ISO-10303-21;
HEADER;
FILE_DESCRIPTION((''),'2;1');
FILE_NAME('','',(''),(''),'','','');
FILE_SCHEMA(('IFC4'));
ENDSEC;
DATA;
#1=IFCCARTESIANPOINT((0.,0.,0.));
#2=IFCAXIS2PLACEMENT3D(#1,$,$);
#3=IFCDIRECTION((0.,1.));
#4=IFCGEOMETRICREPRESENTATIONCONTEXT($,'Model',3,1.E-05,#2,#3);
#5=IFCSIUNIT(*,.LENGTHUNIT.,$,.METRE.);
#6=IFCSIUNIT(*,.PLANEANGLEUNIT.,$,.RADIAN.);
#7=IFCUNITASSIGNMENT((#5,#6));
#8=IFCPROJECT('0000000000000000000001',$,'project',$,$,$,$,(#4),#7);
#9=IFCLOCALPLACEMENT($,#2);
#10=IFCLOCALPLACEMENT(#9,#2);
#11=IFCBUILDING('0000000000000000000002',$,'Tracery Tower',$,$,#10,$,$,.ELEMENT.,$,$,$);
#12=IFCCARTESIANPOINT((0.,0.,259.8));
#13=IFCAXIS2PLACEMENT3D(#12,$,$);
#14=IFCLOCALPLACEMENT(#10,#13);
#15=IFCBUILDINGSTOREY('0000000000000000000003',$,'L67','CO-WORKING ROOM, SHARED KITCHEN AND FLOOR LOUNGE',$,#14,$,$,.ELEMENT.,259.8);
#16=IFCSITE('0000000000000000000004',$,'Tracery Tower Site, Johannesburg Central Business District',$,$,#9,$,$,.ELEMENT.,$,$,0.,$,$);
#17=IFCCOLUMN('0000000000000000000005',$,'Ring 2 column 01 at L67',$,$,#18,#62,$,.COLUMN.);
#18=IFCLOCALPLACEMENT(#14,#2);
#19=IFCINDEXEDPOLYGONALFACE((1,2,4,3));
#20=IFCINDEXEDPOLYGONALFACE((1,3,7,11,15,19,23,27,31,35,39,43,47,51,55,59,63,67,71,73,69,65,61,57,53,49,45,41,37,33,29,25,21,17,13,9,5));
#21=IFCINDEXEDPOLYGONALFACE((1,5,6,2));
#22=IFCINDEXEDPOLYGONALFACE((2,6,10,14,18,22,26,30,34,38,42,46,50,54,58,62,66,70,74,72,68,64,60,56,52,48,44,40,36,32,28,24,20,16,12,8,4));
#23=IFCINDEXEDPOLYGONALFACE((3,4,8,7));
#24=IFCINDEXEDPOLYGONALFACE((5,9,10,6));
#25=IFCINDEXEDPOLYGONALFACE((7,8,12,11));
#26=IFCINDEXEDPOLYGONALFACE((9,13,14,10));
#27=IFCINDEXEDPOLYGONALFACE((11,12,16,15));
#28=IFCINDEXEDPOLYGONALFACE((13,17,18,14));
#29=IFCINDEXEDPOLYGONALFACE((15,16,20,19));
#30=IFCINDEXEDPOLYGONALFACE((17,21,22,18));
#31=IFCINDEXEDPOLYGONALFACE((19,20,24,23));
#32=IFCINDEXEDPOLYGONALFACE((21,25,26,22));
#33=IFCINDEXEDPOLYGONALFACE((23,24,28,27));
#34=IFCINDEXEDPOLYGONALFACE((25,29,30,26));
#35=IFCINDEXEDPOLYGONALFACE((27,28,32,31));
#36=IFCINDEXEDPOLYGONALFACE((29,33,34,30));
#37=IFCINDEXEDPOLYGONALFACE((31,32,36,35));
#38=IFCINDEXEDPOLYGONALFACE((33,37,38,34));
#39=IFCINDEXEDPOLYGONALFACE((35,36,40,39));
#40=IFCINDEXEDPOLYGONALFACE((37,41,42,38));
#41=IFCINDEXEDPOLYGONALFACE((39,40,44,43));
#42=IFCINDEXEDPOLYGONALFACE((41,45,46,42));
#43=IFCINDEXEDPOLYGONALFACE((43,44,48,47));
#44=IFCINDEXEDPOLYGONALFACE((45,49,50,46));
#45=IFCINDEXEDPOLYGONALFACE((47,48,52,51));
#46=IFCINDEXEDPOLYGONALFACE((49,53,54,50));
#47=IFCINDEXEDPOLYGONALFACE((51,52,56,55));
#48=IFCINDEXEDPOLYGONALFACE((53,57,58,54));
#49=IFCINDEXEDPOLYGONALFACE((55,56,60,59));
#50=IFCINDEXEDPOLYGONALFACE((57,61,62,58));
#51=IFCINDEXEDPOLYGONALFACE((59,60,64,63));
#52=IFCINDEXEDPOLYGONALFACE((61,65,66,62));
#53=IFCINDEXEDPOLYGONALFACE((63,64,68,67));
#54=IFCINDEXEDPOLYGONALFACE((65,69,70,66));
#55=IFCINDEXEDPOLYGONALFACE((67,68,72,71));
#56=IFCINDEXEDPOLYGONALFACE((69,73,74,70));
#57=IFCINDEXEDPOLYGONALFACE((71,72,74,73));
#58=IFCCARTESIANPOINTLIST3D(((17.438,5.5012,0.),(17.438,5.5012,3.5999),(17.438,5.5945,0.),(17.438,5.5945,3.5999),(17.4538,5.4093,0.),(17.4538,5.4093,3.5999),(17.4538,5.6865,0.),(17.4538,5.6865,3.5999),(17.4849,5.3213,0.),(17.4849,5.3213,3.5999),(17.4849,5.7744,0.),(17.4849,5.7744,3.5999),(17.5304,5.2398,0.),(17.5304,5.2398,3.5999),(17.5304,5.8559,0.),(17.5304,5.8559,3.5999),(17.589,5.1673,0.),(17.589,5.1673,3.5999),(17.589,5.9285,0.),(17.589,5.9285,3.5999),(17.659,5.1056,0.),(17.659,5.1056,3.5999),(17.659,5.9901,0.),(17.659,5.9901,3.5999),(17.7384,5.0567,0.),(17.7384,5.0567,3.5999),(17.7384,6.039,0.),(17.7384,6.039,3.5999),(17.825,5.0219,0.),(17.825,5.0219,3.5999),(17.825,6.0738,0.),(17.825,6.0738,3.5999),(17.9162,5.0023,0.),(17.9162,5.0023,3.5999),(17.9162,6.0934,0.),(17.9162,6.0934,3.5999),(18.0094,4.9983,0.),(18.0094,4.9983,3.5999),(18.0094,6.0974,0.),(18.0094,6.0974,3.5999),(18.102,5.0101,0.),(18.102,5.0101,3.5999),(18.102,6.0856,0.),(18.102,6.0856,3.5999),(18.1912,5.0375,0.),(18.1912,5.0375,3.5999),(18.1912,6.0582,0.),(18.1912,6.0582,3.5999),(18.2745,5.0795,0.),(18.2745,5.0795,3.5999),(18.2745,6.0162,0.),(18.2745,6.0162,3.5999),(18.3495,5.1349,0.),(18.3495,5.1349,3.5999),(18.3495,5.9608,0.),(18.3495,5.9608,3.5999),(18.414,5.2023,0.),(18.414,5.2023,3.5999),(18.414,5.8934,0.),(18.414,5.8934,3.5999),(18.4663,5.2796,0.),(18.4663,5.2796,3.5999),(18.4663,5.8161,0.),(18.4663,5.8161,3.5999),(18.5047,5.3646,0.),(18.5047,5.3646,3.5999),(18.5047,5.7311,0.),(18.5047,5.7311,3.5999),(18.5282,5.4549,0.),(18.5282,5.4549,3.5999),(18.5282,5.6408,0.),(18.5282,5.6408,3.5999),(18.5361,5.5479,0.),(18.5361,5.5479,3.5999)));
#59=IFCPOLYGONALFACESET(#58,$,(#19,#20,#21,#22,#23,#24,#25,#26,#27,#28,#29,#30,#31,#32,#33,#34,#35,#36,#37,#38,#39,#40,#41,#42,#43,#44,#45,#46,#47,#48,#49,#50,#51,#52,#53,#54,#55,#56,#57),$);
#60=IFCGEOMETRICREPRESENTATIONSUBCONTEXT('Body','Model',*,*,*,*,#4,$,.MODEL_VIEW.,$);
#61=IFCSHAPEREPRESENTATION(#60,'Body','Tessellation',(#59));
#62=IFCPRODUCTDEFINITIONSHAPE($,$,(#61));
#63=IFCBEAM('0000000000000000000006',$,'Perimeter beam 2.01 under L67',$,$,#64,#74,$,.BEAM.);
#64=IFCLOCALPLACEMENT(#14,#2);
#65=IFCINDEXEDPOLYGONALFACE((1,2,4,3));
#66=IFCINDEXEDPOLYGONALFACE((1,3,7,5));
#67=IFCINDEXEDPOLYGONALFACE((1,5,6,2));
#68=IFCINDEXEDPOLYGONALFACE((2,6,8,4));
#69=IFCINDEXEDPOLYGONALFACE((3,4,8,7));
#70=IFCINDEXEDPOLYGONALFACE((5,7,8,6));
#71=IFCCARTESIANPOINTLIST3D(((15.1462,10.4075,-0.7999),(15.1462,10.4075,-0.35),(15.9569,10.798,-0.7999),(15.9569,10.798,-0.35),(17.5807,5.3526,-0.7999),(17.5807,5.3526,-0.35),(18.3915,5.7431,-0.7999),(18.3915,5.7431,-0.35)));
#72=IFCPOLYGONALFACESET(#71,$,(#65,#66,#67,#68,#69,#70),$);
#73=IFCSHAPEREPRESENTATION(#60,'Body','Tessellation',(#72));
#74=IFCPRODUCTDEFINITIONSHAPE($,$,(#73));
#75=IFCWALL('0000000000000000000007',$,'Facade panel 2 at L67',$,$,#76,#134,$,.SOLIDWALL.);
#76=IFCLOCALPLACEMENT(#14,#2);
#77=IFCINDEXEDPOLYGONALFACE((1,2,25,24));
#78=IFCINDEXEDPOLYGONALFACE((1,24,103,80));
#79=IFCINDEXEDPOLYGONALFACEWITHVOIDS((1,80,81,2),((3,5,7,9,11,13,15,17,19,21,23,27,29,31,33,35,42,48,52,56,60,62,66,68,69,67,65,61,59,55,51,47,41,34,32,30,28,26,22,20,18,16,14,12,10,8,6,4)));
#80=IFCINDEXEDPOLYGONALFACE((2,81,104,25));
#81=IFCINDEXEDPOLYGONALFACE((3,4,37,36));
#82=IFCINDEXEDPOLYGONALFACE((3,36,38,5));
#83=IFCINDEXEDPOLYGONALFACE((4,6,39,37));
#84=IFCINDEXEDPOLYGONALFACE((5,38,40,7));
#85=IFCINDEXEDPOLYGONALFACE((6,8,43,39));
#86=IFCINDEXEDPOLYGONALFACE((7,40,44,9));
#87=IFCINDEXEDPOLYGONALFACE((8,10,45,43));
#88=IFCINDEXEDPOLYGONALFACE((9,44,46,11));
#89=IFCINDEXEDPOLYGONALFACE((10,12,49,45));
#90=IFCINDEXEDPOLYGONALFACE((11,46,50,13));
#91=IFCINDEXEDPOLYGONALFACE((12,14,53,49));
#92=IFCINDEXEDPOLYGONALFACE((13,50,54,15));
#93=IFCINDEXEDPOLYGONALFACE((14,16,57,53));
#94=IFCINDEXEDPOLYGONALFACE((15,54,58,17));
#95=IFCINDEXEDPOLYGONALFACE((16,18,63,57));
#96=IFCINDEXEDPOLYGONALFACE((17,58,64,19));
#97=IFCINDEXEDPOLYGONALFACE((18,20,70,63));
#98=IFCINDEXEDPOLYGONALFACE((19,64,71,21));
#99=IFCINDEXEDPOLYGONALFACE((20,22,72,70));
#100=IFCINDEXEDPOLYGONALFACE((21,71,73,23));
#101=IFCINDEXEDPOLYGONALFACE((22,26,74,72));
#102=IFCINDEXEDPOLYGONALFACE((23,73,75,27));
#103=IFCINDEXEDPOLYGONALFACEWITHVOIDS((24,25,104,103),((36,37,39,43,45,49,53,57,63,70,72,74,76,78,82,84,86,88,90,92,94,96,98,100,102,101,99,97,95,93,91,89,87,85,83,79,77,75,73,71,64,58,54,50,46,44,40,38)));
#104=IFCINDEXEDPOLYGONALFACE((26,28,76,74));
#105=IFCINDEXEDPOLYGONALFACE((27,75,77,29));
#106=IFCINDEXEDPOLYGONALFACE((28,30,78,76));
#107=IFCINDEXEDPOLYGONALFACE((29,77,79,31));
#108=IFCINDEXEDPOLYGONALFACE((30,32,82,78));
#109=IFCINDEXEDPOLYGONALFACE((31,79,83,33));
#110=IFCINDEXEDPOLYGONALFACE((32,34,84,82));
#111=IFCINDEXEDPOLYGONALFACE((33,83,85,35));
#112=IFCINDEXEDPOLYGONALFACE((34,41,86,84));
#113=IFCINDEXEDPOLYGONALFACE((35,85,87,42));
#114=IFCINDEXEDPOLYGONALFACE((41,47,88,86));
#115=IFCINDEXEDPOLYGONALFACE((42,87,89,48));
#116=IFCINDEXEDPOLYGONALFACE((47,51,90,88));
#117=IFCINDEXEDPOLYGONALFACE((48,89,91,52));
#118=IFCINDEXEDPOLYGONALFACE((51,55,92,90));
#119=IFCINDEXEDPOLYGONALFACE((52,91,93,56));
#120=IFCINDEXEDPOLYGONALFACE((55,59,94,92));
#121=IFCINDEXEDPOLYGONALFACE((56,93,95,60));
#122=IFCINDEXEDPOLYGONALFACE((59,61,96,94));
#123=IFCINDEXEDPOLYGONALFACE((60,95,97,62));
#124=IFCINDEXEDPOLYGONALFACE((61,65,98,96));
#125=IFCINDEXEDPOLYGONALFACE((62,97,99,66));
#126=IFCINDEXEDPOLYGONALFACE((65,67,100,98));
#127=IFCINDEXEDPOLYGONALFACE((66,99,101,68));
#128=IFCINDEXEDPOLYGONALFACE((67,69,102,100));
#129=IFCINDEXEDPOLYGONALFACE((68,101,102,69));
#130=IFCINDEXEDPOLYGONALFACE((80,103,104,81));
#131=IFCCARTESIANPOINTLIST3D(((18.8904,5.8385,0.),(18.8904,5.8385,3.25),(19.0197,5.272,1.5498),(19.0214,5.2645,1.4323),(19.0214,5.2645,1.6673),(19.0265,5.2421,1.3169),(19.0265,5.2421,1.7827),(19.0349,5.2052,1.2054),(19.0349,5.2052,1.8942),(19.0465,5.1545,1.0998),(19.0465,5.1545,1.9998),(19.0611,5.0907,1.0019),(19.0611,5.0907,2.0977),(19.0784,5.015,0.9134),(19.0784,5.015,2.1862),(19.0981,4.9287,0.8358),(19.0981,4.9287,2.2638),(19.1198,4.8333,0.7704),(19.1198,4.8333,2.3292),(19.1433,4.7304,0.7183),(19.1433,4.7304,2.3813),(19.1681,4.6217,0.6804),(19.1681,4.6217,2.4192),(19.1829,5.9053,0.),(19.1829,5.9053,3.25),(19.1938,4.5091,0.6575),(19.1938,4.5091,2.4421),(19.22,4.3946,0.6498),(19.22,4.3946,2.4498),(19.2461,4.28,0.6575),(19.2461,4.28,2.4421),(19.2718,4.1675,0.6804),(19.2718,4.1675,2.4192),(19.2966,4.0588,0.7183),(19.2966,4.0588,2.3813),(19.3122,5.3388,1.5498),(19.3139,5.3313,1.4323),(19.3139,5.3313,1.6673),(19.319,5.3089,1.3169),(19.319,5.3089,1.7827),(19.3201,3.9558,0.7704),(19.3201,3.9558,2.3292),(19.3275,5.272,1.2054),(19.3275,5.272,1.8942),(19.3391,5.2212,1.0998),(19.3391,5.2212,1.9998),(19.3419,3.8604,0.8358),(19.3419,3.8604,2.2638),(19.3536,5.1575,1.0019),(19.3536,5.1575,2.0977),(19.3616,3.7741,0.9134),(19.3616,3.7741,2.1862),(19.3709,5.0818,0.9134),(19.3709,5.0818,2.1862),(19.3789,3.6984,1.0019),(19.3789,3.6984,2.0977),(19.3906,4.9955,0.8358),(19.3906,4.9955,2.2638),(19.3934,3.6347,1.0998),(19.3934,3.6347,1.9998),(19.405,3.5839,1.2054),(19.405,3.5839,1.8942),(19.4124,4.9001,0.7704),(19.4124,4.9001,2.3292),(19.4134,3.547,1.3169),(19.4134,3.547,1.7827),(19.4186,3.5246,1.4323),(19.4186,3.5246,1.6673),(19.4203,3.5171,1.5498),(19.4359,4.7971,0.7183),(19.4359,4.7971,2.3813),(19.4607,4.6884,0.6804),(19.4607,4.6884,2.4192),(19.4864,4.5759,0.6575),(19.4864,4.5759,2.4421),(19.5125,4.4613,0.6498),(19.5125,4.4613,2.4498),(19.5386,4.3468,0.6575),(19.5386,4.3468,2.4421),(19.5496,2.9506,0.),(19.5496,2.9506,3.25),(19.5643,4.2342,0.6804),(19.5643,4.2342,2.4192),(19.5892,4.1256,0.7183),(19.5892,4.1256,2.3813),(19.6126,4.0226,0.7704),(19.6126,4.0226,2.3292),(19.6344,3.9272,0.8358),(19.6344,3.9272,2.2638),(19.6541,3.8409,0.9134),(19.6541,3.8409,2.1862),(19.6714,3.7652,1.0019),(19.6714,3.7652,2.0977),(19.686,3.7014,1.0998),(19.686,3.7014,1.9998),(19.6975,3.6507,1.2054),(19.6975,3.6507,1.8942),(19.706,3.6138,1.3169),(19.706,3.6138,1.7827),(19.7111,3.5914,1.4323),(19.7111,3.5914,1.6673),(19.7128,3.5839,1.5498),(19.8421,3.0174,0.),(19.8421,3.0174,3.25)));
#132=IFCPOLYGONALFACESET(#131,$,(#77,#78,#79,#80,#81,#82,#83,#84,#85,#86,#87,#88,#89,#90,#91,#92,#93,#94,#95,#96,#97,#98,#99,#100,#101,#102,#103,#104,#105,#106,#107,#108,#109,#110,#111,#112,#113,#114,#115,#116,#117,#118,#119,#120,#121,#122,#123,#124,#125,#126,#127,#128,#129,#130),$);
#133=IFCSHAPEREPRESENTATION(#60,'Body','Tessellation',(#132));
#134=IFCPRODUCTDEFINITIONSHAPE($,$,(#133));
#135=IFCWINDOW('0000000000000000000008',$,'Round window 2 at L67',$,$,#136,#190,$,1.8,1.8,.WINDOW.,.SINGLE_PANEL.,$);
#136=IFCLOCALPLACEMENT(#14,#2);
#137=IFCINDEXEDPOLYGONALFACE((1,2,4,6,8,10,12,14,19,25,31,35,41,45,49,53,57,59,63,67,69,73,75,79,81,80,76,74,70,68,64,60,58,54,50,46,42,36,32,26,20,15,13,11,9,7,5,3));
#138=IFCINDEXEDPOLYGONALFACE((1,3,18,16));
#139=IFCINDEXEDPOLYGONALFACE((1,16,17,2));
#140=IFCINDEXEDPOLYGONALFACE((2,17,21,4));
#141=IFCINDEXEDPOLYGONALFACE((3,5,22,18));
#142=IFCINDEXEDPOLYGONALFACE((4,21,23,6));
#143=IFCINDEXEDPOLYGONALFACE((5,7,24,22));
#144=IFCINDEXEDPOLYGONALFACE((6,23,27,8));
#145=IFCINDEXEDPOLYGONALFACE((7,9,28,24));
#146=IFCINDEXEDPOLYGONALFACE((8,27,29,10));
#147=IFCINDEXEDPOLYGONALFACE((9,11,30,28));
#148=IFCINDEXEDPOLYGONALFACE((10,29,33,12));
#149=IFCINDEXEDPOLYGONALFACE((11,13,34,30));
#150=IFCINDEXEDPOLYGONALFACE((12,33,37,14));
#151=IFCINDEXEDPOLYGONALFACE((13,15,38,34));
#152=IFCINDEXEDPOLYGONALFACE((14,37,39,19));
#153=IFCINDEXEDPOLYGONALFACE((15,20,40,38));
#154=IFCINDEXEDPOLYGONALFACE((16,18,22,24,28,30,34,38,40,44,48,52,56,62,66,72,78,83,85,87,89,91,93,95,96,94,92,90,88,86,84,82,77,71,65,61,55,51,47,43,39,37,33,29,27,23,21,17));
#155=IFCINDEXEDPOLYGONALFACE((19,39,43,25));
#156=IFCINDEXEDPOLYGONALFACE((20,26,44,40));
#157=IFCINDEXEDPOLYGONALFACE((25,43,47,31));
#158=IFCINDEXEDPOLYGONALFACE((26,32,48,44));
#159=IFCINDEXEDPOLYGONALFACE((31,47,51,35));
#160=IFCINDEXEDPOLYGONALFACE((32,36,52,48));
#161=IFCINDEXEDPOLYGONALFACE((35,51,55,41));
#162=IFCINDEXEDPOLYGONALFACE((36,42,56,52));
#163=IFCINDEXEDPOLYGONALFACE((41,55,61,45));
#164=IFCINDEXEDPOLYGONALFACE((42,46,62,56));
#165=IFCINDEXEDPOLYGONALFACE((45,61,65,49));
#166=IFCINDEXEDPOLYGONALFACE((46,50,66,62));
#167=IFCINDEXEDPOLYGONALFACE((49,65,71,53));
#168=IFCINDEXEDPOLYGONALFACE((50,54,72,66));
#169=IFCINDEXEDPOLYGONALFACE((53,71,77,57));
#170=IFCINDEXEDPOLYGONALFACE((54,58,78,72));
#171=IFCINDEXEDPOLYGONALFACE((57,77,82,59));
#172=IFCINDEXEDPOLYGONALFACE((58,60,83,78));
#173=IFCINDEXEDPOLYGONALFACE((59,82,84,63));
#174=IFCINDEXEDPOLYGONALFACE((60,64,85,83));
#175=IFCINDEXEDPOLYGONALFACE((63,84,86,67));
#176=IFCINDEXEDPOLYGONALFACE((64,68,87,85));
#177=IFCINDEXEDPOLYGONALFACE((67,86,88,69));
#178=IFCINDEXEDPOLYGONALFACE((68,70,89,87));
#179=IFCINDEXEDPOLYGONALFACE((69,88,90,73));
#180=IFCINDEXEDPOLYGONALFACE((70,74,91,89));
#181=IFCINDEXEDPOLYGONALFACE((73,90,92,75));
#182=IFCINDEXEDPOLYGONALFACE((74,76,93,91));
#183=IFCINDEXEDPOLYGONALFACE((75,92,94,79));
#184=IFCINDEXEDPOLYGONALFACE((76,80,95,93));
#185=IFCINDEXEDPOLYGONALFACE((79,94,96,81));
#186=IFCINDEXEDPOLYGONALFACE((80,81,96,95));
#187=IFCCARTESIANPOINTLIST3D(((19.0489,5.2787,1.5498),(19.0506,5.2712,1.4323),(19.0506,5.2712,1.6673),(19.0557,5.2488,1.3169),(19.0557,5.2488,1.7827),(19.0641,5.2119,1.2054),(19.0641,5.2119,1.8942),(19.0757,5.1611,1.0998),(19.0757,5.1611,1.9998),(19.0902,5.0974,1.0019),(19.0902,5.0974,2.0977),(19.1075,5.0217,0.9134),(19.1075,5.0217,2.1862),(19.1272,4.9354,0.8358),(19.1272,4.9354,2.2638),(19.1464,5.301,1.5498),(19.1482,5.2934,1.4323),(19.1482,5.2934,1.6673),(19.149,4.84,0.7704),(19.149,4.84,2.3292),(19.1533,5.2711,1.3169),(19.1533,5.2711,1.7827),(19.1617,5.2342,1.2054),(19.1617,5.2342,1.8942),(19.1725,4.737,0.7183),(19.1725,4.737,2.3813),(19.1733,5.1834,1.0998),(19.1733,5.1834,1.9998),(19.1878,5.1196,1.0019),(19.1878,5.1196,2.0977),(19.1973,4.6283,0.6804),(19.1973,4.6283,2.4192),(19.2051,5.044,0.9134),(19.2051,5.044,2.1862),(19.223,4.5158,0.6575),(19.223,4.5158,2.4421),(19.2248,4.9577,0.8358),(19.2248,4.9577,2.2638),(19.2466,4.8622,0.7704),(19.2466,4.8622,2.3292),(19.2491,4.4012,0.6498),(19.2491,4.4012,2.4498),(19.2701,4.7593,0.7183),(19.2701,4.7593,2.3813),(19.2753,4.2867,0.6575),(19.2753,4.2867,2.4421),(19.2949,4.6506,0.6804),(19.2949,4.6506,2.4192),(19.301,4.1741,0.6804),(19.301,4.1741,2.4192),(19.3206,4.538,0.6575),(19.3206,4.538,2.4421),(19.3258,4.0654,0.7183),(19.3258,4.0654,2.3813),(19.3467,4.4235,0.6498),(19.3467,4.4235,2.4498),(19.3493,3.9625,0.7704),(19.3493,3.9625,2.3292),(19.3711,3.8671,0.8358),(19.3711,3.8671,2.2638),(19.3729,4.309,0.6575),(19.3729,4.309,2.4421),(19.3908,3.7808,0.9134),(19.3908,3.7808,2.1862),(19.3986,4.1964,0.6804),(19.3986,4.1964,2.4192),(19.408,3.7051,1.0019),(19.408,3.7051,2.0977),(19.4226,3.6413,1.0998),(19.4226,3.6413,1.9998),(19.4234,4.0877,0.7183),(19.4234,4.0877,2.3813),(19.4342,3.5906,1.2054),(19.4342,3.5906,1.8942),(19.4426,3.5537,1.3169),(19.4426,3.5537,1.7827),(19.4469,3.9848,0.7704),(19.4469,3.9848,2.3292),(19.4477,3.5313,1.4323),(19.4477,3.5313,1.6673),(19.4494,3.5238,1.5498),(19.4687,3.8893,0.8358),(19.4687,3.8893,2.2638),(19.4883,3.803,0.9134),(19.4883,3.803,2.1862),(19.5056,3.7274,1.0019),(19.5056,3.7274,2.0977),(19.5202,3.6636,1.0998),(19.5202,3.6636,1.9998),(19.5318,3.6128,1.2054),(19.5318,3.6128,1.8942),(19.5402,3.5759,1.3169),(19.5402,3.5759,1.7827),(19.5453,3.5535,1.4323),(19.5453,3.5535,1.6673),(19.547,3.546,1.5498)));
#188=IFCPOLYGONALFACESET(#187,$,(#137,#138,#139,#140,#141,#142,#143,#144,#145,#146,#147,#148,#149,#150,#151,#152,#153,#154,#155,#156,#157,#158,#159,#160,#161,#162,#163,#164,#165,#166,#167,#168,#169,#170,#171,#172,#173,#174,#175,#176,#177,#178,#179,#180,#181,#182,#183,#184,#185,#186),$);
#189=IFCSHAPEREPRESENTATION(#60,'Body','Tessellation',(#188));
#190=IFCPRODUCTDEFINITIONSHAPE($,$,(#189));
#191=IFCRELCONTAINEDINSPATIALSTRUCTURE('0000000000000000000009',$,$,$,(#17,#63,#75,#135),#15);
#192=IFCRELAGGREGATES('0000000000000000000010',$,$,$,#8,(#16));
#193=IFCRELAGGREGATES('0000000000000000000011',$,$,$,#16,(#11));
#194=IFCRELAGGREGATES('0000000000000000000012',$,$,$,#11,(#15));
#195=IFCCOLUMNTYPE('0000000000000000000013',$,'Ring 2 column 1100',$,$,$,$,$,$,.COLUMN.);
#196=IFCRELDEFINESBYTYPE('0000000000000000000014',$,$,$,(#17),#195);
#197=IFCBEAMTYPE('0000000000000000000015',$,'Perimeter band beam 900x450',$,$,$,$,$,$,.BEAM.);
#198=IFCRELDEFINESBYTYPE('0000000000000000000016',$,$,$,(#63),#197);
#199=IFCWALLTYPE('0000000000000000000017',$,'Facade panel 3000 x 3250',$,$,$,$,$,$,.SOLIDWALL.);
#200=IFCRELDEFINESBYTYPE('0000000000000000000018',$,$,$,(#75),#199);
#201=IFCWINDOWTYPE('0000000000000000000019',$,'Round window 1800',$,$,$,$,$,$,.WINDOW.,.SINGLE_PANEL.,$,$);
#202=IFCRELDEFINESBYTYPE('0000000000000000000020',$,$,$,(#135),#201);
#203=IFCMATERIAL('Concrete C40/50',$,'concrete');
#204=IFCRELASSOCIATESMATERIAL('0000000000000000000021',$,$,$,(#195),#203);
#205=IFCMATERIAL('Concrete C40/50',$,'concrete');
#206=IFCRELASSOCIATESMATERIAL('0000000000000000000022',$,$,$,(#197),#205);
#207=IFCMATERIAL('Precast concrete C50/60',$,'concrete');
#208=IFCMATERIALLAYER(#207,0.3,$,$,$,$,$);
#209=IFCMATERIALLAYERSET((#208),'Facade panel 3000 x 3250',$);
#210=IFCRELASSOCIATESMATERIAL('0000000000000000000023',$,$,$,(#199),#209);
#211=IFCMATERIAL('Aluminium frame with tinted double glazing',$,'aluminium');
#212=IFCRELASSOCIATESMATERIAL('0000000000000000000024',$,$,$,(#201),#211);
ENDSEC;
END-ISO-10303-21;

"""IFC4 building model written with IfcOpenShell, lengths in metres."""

from ifc_helpers import new_model, si_unit, direction, frame, frame_2d, origin, origin_2d, place, context, subcontext, project, spatial, rectangle, circle, extrude, material, layer, layer_set, material_profile, profile_set, type_object, element, fill, save


model = new_model("IFC4")

# Units and contexts
model_context = context("Model", 3, precision=1e-05, world=origin(), true_north=direction((0.0, 1.0)))
body_context = subcontext(model_context, "Body", "Model", "MODEL_VIEW")
ifc_project = project(units=[si_unit("LENGTHUNIT", "METRE"), si_unit("PLANEANGLEUNIT", "RADIAN")], contexts=[model_context])

# Site, building, storey
site_placement = place(None, origin())
site = spatial("IfcSite", under=ifc_project, at=site_placement, Name="Tracery Tower Site, Johannesburg Central Business District", CompositionType="ELEMENT", RefElevation=0.0)
building_placement = place(site_placement, origin())
building = spatial("IfcBuilding", under=site, at=building_placement, Name="Tracery Tower", CompositionType="ELEMENT")
storey_placement = place(building_placement, frame((0.0, 0.0, 259.8)))
storey = spatial("IfcBuildingStorey", under=building, at=storey_placement, Name="L67", Description="CO-WORKING ROOM, SHARED KITCHEN AND FLOOR LOUNGE", CompositionType="ELEMENT", Elevation=259.8)

# Column
ifc_material_1 = material(Name="Concrete C40/50", Category="concrete")
ifc_material_profile_1 = material_profile(ifc_material_1, circle(Radius=0.55, at=origin_2d()), Name="RC D1100")
ifc_profile_set_1 = profile_set([ifc_material_profile_1], Name="Concrete C40/50")
column_type = type_object("IfcColumnType", Name="Ring 2 column 1100", PredefinedType="COLUMN", material=ifc_profile_set_1)
column_placement = place(storey_placement, frame((17.9861, 5.5479, 0.0), z_axis=(0.0, 0.0, 1.0), x_axis=(1.0, 0.0, 0.0)))
element("IfcColumn", 1, at=column_placement, inside=storey, type_object=column_type, Name="Ring 2 column 01 at L67", PredefinedType="COLUMN", context=body_context, shape_type="SweptSolid", body=[
    extrude(circle(Radius=0.55, at=origin_2d()), origin(), (0.0, 0.0, 1.0), 3.5999),
])

# Beam
ifc_material_2 = material(Name="Concrete C40/50", Category="concrete")
ifc_material_profile_2 = material_profile(ifc_material_2, rectangle(XDim=0.8999, YDim=0.45, at=origin_2d()), Name="RC 900x450")
ifc_profile_set_2 = profile_set([ifc_material_profile_2], Name="Concrete C40/50")
beam_type = type_object("IfcBeamType", Name="Perimeter band beam 900x450", PredefinedType="BEAM", material=ifc_profile_set_2)
beam_placement = place(storey_placement, frame((17.9861, 5.5479, -0.575), z_axis=(-0.433919, 0.900952, 0.0), x_axis=(-0.900952, -0.433919, 0.0)))
element("IfcBeam", 2, at=beam_placement, inside=storey, type_object=beam_type, Name="Perimeter beam 2.01 under L67", PredefinedType="BEAM", context=body_context, shape_type="SweptSolid", body=[
    extrude(rectangle(XDim=0.8999, YDim=0.45, at=origin_2d()), origin(), (0.0, 0.0, 1.0), 5.6106),
])

# Wall, opening, window
ifc_material_3 = material(Name="Precast concrete C50/60", Category="concrete")
ifc_layer_1 = layer(ifc_material_3, 0.3)
ifc_layer_set_1 = layer_set([ifc_layer_1], Name="Facade panel 3000 x 3250")
wall_type_1 = type_object("IfcWallType", Name="Facade panel 3000 x 3250", PredefinedType="SOLIDWALL", material=ifc_layer_set_1)
wall_1_placement = place(storey_placement, frame((19.6958, 2.9841, 0.0), z_axis=(0.0, 0.0, 1.0), x_axis=(-0.222529, 0.974926, 0.0)))
wall_1 = element("IfcWall", 3, at=wall_1_placement, inside=storey, type_object=wall_type_1, Name="Facade panel 2 at L67", PredefinedType="SOLIDWALL", context=body_context, shape_type="SweptSolid", body=[
    extrude(rectangle(XDim=2.9622, YDim=0.3, at=frame_2d((1.481, 0.0))), origin(), (0.0, 0.0, 1.0), 3.25),
])
opening_1_placement = place(wall_1_placement, frame((1.481, 0.0, 1.5498)))
opening_1 = element("IfcOpeningElement", 4, at=opening_1_placement, cuts=wall_1, PredefinedType="OPENING", context=body_context, shape_type="SweptSolid", body=[
    extrude(circle(Radius=0.9, at=origin_2d()), frame((0.0, 0.1599, 0.0), z_axis=(0.0, -1.0, 0.0), x_axis=(1.0, 0.0, 0.0)), (0.0, 0.0, 1.0), 0.3201),
])
ifc_material_4 = material(Name="Aluminium frame with tinted double glazing", Category="aluminium")
window_type = type_object("IfcWindowType", Name="Round window 1800", PartitioningType="SINGLE_PANEL", PredefinedType="WINDOW", material=ifc_material_4)
window_1_placement = place(opening_1_placement, origin())
window_1 = element("IfcWindow", 5, at=window_1_placement, inside=storey, type_object=window_type, Name="Round window 2 at L67", OverallHeight=1.8, OverallWidth=1.8, PartitioningType="SINGLE_PANEL", PredefinedType="WINDOW", context=body_context, shape_type="SweptSolid", body=[
    extrude(circle(Radius=0.9, at=origin_2d()), frame((0.0, 0.1201, 0.0), z_axis=(0.0, -1.0, 0.0), x_axis=(1.0, 0.0, 0.0)), (0.0, 0.0, 1.0), 0.1001),
])
fill(opening_1, window_1)

save(model, "model.ifc")
